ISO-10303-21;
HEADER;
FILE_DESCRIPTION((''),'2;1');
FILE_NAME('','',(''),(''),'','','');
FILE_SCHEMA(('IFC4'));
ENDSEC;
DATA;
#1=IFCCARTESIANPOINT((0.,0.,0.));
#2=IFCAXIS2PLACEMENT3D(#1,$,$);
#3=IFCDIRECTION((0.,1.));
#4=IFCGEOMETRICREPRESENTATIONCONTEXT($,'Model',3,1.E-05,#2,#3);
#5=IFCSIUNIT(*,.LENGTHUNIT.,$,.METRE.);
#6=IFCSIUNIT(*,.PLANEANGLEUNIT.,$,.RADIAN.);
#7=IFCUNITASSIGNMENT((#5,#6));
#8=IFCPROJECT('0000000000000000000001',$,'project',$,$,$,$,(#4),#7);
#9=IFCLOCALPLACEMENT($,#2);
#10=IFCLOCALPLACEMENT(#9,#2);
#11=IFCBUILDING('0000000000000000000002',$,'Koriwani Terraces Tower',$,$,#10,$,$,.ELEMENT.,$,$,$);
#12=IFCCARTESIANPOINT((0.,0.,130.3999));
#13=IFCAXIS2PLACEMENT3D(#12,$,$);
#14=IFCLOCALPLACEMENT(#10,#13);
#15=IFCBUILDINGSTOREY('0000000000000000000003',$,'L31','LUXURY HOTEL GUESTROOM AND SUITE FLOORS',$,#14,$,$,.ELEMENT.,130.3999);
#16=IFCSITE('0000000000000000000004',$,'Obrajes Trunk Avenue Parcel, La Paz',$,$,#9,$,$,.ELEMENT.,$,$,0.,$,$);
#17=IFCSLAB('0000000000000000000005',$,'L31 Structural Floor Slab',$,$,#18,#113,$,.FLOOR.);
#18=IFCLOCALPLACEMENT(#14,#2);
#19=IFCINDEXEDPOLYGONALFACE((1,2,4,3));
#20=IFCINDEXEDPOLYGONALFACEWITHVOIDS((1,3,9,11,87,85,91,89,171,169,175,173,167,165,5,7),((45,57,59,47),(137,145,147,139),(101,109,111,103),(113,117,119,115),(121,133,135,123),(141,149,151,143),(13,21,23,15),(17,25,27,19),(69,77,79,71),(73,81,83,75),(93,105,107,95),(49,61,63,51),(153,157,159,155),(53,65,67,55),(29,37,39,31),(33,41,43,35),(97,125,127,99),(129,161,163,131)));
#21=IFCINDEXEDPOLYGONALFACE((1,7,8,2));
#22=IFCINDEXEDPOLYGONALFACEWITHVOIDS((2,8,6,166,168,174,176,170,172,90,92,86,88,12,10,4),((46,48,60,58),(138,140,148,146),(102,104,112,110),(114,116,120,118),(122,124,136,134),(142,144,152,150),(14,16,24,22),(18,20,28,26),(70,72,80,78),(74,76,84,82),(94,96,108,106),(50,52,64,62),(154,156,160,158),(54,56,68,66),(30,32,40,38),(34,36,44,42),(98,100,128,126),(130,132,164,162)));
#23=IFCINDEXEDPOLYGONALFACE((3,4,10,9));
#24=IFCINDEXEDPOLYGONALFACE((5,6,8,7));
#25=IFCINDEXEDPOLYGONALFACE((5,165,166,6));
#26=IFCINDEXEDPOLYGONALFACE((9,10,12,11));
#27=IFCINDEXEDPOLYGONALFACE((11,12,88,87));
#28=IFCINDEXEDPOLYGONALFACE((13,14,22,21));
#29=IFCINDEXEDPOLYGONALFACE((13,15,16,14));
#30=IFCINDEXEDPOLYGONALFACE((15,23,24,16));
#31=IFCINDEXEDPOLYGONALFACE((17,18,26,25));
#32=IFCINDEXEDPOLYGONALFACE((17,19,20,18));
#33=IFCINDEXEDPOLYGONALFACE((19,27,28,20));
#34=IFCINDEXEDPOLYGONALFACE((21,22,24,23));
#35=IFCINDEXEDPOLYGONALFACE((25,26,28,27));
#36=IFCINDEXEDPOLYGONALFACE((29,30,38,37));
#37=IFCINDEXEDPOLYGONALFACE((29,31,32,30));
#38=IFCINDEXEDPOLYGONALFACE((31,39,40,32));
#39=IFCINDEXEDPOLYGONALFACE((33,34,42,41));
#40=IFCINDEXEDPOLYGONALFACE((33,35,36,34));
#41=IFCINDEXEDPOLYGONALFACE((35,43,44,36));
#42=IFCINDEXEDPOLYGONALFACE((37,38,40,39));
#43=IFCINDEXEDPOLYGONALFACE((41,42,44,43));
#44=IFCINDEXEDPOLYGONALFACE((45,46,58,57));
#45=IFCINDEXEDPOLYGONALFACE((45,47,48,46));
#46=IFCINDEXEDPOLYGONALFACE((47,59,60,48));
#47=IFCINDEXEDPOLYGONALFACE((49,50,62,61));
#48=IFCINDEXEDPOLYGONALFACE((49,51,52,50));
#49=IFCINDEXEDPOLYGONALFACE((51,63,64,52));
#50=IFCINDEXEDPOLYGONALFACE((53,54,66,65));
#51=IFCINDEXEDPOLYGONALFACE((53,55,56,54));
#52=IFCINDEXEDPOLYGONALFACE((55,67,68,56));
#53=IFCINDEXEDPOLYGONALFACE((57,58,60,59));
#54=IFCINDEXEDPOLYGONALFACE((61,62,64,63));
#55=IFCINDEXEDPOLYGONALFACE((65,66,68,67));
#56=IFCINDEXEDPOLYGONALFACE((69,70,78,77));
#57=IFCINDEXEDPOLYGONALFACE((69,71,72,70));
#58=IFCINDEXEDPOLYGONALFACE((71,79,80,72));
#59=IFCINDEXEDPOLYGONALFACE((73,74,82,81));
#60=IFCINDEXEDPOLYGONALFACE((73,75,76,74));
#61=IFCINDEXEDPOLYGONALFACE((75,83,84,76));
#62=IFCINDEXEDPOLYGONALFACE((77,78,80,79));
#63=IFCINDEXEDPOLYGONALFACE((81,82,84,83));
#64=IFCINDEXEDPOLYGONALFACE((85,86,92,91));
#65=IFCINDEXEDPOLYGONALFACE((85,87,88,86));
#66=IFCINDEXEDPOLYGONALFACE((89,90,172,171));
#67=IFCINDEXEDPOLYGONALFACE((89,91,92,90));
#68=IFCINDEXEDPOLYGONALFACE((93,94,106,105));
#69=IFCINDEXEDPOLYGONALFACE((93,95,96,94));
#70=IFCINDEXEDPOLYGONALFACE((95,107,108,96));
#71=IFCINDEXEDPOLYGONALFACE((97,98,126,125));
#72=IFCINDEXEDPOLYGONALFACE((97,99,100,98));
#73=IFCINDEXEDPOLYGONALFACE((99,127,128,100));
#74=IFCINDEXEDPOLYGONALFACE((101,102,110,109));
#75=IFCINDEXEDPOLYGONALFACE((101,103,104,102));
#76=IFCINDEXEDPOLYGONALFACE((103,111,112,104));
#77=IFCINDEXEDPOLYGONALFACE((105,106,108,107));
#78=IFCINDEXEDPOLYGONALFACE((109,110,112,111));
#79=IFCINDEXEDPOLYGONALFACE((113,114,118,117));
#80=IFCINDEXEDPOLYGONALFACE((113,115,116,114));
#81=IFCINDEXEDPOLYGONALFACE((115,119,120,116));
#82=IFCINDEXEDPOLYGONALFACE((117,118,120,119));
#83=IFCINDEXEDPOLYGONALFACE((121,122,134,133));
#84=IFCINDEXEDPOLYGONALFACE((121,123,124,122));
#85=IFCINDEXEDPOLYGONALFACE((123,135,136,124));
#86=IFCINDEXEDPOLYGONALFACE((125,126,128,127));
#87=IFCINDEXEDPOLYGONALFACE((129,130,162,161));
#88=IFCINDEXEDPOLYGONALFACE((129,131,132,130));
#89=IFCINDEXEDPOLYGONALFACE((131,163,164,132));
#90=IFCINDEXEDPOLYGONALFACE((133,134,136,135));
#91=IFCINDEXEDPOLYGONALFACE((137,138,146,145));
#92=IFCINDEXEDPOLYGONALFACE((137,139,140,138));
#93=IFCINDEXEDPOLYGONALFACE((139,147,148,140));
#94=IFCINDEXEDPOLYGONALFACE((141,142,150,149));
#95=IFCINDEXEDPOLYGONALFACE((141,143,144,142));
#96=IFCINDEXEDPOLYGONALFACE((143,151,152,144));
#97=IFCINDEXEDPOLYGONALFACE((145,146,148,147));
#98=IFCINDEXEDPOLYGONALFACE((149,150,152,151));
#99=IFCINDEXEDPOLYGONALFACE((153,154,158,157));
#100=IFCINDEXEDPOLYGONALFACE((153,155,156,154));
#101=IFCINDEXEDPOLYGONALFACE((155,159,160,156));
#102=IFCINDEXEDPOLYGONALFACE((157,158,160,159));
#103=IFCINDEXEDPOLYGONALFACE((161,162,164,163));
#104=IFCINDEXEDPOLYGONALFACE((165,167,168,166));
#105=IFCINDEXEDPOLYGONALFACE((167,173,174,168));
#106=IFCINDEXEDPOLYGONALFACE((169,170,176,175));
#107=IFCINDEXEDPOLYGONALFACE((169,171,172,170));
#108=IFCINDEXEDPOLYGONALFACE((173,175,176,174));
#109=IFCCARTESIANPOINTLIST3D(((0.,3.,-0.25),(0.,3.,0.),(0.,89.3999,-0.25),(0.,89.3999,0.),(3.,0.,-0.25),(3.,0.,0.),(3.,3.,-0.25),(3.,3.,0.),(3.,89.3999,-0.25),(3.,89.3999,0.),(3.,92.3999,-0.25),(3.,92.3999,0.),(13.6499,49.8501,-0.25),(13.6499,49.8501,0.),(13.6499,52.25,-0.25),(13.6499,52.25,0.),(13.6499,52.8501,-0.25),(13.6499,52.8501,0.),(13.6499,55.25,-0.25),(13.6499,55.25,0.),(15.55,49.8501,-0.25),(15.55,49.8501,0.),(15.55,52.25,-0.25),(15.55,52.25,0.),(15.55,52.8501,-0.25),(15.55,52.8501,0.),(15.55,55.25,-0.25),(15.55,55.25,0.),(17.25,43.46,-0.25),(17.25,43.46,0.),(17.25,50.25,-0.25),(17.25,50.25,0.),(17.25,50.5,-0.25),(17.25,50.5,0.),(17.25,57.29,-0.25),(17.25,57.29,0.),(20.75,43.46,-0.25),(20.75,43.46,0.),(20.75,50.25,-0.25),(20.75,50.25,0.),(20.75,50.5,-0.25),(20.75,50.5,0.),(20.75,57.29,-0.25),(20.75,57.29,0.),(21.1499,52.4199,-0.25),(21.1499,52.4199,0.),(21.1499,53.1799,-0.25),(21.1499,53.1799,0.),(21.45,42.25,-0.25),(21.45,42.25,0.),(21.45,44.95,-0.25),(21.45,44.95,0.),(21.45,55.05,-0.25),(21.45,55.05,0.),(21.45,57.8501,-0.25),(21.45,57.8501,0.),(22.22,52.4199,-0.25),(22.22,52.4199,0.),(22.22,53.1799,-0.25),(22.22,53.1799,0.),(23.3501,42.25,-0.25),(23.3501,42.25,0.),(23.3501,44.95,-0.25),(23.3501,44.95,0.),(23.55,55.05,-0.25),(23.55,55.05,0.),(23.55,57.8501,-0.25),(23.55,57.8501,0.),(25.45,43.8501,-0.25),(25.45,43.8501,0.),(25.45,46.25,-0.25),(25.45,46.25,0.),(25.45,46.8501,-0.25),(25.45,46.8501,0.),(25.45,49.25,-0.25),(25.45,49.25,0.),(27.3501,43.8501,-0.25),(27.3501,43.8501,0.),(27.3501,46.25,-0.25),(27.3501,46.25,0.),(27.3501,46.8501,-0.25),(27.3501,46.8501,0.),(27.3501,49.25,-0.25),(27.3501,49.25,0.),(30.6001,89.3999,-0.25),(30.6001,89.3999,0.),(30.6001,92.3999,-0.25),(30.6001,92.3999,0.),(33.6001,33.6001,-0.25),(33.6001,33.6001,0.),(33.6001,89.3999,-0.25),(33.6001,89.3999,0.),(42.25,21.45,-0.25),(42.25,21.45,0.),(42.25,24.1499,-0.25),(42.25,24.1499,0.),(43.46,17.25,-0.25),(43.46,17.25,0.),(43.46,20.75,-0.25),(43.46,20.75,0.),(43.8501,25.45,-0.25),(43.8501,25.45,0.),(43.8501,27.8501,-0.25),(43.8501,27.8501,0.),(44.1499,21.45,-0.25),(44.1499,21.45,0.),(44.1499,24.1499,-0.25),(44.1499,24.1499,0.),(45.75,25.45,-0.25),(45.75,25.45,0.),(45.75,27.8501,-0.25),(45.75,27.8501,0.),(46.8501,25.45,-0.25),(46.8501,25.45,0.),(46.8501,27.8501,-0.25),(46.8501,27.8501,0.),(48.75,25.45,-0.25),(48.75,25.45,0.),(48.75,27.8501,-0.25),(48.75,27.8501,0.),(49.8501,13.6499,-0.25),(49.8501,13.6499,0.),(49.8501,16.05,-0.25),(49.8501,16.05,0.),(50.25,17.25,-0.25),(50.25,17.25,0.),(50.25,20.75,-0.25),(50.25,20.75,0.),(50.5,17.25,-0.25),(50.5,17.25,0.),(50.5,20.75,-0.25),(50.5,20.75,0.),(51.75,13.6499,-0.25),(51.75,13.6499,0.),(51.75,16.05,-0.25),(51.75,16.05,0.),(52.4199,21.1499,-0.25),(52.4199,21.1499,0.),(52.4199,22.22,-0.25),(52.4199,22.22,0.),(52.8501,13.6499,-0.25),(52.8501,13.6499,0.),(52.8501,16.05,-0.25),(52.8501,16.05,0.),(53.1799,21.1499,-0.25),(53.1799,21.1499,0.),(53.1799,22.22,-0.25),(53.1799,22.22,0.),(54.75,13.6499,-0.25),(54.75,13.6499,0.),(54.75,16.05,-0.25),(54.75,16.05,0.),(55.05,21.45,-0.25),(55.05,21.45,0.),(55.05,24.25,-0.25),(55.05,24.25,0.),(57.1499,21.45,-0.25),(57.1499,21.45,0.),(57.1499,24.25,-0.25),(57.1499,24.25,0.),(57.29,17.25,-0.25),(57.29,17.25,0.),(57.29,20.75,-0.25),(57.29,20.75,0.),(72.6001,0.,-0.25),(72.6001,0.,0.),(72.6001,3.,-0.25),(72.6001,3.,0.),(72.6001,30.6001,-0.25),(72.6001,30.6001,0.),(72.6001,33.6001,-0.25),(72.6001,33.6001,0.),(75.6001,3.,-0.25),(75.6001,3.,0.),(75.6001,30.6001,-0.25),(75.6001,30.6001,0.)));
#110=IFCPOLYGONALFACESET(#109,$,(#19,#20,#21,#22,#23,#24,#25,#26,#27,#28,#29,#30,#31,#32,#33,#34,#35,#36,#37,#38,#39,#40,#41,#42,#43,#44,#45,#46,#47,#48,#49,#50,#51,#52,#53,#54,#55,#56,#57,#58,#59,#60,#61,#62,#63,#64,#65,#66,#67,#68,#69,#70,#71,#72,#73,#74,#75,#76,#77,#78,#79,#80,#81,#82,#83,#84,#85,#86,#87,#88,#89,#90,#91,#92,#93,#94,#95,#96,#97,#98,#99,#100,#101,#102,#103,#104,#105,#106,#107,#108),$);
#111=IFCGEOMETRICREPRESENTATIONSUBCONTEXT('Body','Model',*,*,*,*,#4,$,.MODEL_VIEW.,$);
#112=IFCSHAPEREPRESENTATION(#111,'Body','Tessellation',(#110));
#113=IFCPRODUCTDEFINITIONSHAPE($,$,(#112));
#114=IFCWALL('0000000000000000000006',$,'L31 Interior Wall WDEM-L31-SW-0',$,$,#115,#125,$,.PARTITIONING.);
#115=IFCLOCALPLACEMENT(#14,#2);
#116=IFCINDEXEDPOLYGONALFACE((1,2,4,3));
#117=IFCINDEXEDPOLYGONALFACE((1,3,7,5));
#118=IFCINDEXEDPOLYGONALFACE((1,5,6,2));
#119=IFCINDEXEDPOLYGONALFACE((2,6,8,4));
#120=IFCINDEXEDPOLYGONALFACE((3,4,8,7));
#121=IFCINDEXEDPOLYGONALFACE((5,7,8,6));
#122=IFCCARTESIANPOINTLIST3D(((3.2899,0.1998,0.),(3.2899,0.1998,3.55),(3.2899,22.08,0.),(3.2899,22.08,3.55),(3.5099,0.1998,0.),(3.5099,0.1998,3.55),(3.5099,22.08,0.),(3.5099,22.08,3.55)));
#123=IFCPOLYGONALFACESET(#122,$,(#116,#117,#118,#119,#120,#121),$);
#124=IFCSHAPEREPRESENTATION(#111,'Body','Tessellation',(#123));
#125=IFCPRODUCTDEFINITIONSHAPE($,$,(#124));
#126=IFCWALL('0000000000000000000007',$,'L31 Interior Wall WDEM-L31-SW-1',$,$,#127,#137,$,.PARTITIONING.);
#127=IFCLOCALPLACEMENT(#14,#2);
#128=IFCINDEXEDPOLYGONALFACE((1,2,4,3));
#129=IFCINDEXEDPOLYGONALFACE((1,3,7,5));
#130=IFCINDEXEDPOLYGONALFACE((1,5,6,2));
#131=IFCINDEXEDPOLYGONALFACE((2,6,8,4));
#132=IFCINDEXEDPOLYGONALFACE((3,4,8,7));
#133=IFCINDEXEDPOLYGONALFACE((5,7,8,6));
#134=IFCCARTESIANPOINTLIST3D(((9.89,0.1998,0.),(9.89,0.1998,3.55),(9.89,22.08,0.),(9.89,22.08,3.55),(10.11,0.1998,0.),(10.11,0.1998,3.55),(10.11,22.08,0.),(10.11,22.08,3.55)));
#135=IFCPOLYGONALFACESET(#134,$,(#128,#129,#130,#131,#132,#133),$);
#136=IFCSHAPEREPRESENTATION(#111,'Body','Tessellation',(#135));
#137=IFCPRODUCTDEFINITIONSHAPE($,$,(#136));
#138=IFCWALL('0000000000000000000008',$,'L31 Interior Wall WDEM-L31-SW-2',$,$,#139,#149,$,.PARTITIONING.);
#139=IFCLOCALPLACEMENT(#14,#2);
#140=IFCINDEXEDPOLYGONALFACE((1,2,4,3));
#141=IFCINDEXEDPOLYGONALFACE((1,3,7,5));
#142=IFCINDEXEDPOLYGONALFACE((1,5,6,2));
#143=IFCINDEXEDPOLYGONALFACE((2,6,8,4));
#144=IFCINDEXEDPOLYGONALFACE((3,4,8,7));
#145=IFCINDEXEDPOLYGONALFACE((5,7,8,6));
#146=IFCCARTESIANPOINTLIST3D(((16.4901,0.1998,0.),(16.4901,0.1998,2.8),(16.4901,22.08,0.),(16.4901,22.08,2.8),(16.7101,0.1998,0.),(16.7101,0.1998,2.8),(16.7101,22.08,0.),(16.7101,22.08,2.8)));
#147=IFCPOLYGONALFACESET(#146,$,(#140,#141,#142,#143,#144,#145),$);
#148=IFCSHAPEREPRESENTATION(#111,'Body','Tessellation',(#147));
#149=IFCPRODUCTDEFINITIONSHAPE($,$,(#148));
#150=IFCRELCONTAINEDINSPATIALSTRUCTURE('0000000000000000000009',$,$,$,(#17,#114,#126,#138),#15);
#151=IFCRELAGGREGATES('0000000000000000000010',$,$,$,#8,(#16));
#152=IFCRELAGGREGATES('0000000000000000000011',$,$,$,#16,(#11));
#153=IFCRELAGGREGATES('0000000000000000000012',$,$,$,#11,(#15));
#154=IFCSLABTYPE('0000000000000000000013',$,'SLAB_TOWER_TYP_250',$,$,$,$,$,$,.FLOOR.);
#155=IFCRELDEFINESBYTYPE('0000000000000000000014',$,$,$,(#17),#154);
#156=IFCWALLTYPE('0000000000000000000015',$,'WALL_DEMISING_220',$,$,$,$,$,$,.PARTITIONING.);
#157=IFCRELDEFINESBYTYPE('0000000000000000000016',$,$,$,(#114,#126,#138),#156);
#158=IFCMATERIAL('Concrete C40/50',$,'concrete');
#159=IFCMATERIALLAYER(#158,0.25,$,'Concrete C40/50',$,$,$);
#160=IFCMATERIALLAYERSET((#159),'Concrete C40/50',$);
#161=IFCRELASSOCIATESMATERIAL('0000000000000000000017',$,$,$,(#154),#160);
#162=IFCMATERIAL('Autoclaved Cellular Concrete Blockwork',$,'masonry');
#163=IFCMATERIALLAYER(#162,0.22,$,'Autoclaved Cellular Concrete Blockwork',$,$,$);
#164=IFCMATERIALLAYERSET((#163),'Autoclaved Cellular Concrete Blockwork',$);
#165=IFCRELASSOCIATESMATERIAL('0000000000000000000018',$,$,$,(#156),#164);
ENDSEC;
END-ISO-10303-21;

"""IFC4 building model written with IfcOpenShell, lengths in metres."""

from ifc_helpers import new_model, si_unit, direction, frame, frame_2d, origin, place, context, subcontext, project, spatial, polyline, rectangle, outline, extrude, material, layer, layer_set, type_object, element, save


model = new_model("IFC4")

# Units and contexts
model_context = context("Model", 3, precision=1e-05, world=origin(), true_north=direction((0.0, 1.0)))
body_context = subcontext(model_context, "Body", "Model", "MODEL_VIEW")
ifc_project = project(units=[si_unit("LENGTHUNIT", "METRE"), si_unit("PLANEANGLEUNIT", "RADIAN")], contexts=[model_context])

# Site, building, storey
site_placement = place(None, origin())
site = spatial("IfcSite", under=ifc_project, at=site_placement, Name="Obrajes Trunk Avenue Parcel, La Paz", CompositionType="ELEMENT", RefElevation=0.0)
building_placement = place(site_placement, origin())
building = spatial("IfcBuilding", under=site, at=building_placement, Name="Koriwani Terraces Tower", CompositionType="ELEMENT")
storey_placement = place(building_placement, frame((0.0, 0.0, 130.3999)))
storey = spatial("IfcBuildingStorey", under=building, at=storey_placement, Name="L31", Description="LUXURY HOTEL GUESTROOM AND SUITE FLOORS", CompositionType="ELEMENT", Elevation=130.3999)

# Shared definitions
ifc_material_1 = material(Name="Concrete C40/50", Category="concrete")

# Slab
ifc_layer_1 = layer(ifc_material_1, 0.25, Name="Concrete C40/50")
ifc_layer_set_1 = layer_set([ifc_layer_1], Name="Concrete C40/50")
slab_type_1 = type_object("IfcSlabType", Name="SLAB_TOWER_TYP_250", PredefinedType="FLOOR", material=ifc_layer_set_1)
slab_1_placement = place(storey_placement, frame((0.0, 0.0, -0.25)))
element("IfcSlab", 1, at=slab_1_placement, inside=storey, type_object=slab_type_1, Name="L31 Structural Floor Slab", PredefinedType="FLOOR", context=body_context, shape_type="SweptSolid", body=[
    extrude(outline(polyline([(3.0, 0.0), (72.6001, 0.0), (72.6001, 3.0), (75.6001, 3.0), (75.6001, 30.6001), (72.6001, 30.6001), (72.6001, 33.6001), (33.6001, 33.6001), (33.6001, 89.3999), (30.6001, 89.3999), (30.6001, 92.3999), (3.0, 92.3999), (3.0, 89.3999), (0.0, 89.3999), (0.0, 3.0), (3.0, 3.0), (3.0, 0.0)]), holes=[polyline([(17.25, 43.46), (20.75, 43.46), (20.75, 50.25), (17.25, 50.25), (17.25, 43.46)]), polyline([(17.25, 50.5), (20.75, 50.5), (20.75, 57.29), (17.25, 57.29), (17.25, 50.5)]), polyline([(43.46, 17.25), (50.25, 17.25), (50.25, 20.75), (43.46, 20.75), (43.46, 17.25)]), polyline([(50.5, 17.25), (57.29, 17.25), (57.29, 20.75), (50.5, 20.75), (50.5, 17.25)]), polyline([(13.6499, 49.8501), (15.55, 49.8501), (15.55, 52.25), (13.6499, 52.25), (13.6499, 49.8501)]), polyline([(13.6499, 52.8501), (15.55, 52.8501), (15.55, 55.25), (13.6499, 55.25), (13.6499, 52.8501)]), polyline([(49.8501, 13.6499), (51.75, 13.6499), (51.75, 16.05), (49.8501, 16.05), (49.8501, 13.6499)]), polyline([(52.8501, 13.6499), (54.75, 13.6499), (54.75, 16.05), (52.8501, 16.05), (52.8501, 13.6499)]), polyline([(25.45, 43.8501), (27.3501, 43.8501), (27.3501, 46.25), (25.45, 46.25), (25.45, 43.8501)]), polyline([(25.45, 46.8501), (27.3501, 46.8501), (27.3501, 49.25), (25.45, 49.25), (25.45, 46.8501)]), polyline([(43.8501, 25.45), (45.75, 25.45), (45.75, 27.8501), (43.8501, 27.8501), (43.8501, 25.45)]), polyline([(46.8501, 25.45), (48.75, 25.45), (48.75, 27.8501), (46.8501, 27.8501), (46.8501, 25.45)]), polyline([(21.45, 55.05), (23.55, 55.05), (23.55, 57.8501), (21.45, 57.8501), (21.45, 55.05)]), polyline([(55.05, 21.45), (57.1499, 21.45), (57.1499, 24.25), (55.05, 24.25), (55.05, 21.45)]), polyline([(21.45, 42.25), (23.3501, 42.25), (23.3501, 44.95), (21.45, 44.95), (21.45, 42.25)]), polyline([(42.25, 21.45), (44.1499, 21.45), (44.1499, 24.1499), (42.25, 24.1499), (42.25, 21.45)]), polyline([(21.1499, 52.4199), (22.22, 52.4199), (22.22, 53.1799), (21.1499, 53.1799), (21.1499, 52.4199)]), polyline([(52.4199, 21.1499), (53.1799, 21.1499), (53.1799, 22.22), (52.4199, 22.22), (52.4199, 21.1499)])]), origin(), (0.0, 0.0, 1.0), 0.25),
])

# Walls
ifc_material_2 = material(Name="Autoclaved Cellular Concrete Blockwork", Category="masonry")
ifc_layer_2 = layer(ifc_material_2, 0.22, Name="Autoclaved Cellular Concrete Blockwork")
ifc_layer_set_2 = layer_set([ifc_layer_2], Name="Autoclaved Cellular Concrete Blockwork")
wall_type_1 = type_object("IfcWallType", Name="WALL_DEMISING_220", PredefinedType="PARTITIONING", material=ifc_layer_set_2)
for number, where, z_axis, x_axis, name in (
    (2, (3.3999, 0.2, 0.0), (0.0, 0.0, 1.0), (0.0, 1.0, 0.0), "L31 Interior Wall WDEM-L31-SW-0"),
    (3, (10.0, 0.2, 0.0), (0.0, 0.0, 1.0), (0.0, 1.0, 0.0), "L31 Interior Wall WDEM-L31-SW-1"),
):
    element("IfcWall", number, at=place(storey_placement, frame(where, z_axis=z_axis, x_axis=x_axis)), inside=storey, type_object=wall_type_1, Name=name, PredefinedType="PARTITIONING", context=body_context, shape_type="SweptSolid", body=[
        extrude(rectangle(XDim=21.8801, YDim=0.22, at=frame_2d((10.9399, 0.0))), origin(), (0.0, 0.0, 1.0), 3.55),
    ])
wall_1_placement = place(storey_placement, frame((16.6001, 0.2, 0.0), z_axis=(0.0, 0.0, 1.0), x_axis=(0.0, 1.0, 0.0)))
element("IfcWall", 4, at=wall_1_placement, inside=storey, type_object=wall_type_1, Name="L31 Interior Wall WDEM-L31-SW-2", PredefinedType="PARTITIONING", context=body_context, shape_type="SweptSolid", body=[
    extrude(rectangle(XDim=21.8801, YDim=0.22, at=frame_2d((10.9399, 0.0))), origin(), (0.0, 0.0, 1.0), 2.8),
])

save(model, "model.ifc")
